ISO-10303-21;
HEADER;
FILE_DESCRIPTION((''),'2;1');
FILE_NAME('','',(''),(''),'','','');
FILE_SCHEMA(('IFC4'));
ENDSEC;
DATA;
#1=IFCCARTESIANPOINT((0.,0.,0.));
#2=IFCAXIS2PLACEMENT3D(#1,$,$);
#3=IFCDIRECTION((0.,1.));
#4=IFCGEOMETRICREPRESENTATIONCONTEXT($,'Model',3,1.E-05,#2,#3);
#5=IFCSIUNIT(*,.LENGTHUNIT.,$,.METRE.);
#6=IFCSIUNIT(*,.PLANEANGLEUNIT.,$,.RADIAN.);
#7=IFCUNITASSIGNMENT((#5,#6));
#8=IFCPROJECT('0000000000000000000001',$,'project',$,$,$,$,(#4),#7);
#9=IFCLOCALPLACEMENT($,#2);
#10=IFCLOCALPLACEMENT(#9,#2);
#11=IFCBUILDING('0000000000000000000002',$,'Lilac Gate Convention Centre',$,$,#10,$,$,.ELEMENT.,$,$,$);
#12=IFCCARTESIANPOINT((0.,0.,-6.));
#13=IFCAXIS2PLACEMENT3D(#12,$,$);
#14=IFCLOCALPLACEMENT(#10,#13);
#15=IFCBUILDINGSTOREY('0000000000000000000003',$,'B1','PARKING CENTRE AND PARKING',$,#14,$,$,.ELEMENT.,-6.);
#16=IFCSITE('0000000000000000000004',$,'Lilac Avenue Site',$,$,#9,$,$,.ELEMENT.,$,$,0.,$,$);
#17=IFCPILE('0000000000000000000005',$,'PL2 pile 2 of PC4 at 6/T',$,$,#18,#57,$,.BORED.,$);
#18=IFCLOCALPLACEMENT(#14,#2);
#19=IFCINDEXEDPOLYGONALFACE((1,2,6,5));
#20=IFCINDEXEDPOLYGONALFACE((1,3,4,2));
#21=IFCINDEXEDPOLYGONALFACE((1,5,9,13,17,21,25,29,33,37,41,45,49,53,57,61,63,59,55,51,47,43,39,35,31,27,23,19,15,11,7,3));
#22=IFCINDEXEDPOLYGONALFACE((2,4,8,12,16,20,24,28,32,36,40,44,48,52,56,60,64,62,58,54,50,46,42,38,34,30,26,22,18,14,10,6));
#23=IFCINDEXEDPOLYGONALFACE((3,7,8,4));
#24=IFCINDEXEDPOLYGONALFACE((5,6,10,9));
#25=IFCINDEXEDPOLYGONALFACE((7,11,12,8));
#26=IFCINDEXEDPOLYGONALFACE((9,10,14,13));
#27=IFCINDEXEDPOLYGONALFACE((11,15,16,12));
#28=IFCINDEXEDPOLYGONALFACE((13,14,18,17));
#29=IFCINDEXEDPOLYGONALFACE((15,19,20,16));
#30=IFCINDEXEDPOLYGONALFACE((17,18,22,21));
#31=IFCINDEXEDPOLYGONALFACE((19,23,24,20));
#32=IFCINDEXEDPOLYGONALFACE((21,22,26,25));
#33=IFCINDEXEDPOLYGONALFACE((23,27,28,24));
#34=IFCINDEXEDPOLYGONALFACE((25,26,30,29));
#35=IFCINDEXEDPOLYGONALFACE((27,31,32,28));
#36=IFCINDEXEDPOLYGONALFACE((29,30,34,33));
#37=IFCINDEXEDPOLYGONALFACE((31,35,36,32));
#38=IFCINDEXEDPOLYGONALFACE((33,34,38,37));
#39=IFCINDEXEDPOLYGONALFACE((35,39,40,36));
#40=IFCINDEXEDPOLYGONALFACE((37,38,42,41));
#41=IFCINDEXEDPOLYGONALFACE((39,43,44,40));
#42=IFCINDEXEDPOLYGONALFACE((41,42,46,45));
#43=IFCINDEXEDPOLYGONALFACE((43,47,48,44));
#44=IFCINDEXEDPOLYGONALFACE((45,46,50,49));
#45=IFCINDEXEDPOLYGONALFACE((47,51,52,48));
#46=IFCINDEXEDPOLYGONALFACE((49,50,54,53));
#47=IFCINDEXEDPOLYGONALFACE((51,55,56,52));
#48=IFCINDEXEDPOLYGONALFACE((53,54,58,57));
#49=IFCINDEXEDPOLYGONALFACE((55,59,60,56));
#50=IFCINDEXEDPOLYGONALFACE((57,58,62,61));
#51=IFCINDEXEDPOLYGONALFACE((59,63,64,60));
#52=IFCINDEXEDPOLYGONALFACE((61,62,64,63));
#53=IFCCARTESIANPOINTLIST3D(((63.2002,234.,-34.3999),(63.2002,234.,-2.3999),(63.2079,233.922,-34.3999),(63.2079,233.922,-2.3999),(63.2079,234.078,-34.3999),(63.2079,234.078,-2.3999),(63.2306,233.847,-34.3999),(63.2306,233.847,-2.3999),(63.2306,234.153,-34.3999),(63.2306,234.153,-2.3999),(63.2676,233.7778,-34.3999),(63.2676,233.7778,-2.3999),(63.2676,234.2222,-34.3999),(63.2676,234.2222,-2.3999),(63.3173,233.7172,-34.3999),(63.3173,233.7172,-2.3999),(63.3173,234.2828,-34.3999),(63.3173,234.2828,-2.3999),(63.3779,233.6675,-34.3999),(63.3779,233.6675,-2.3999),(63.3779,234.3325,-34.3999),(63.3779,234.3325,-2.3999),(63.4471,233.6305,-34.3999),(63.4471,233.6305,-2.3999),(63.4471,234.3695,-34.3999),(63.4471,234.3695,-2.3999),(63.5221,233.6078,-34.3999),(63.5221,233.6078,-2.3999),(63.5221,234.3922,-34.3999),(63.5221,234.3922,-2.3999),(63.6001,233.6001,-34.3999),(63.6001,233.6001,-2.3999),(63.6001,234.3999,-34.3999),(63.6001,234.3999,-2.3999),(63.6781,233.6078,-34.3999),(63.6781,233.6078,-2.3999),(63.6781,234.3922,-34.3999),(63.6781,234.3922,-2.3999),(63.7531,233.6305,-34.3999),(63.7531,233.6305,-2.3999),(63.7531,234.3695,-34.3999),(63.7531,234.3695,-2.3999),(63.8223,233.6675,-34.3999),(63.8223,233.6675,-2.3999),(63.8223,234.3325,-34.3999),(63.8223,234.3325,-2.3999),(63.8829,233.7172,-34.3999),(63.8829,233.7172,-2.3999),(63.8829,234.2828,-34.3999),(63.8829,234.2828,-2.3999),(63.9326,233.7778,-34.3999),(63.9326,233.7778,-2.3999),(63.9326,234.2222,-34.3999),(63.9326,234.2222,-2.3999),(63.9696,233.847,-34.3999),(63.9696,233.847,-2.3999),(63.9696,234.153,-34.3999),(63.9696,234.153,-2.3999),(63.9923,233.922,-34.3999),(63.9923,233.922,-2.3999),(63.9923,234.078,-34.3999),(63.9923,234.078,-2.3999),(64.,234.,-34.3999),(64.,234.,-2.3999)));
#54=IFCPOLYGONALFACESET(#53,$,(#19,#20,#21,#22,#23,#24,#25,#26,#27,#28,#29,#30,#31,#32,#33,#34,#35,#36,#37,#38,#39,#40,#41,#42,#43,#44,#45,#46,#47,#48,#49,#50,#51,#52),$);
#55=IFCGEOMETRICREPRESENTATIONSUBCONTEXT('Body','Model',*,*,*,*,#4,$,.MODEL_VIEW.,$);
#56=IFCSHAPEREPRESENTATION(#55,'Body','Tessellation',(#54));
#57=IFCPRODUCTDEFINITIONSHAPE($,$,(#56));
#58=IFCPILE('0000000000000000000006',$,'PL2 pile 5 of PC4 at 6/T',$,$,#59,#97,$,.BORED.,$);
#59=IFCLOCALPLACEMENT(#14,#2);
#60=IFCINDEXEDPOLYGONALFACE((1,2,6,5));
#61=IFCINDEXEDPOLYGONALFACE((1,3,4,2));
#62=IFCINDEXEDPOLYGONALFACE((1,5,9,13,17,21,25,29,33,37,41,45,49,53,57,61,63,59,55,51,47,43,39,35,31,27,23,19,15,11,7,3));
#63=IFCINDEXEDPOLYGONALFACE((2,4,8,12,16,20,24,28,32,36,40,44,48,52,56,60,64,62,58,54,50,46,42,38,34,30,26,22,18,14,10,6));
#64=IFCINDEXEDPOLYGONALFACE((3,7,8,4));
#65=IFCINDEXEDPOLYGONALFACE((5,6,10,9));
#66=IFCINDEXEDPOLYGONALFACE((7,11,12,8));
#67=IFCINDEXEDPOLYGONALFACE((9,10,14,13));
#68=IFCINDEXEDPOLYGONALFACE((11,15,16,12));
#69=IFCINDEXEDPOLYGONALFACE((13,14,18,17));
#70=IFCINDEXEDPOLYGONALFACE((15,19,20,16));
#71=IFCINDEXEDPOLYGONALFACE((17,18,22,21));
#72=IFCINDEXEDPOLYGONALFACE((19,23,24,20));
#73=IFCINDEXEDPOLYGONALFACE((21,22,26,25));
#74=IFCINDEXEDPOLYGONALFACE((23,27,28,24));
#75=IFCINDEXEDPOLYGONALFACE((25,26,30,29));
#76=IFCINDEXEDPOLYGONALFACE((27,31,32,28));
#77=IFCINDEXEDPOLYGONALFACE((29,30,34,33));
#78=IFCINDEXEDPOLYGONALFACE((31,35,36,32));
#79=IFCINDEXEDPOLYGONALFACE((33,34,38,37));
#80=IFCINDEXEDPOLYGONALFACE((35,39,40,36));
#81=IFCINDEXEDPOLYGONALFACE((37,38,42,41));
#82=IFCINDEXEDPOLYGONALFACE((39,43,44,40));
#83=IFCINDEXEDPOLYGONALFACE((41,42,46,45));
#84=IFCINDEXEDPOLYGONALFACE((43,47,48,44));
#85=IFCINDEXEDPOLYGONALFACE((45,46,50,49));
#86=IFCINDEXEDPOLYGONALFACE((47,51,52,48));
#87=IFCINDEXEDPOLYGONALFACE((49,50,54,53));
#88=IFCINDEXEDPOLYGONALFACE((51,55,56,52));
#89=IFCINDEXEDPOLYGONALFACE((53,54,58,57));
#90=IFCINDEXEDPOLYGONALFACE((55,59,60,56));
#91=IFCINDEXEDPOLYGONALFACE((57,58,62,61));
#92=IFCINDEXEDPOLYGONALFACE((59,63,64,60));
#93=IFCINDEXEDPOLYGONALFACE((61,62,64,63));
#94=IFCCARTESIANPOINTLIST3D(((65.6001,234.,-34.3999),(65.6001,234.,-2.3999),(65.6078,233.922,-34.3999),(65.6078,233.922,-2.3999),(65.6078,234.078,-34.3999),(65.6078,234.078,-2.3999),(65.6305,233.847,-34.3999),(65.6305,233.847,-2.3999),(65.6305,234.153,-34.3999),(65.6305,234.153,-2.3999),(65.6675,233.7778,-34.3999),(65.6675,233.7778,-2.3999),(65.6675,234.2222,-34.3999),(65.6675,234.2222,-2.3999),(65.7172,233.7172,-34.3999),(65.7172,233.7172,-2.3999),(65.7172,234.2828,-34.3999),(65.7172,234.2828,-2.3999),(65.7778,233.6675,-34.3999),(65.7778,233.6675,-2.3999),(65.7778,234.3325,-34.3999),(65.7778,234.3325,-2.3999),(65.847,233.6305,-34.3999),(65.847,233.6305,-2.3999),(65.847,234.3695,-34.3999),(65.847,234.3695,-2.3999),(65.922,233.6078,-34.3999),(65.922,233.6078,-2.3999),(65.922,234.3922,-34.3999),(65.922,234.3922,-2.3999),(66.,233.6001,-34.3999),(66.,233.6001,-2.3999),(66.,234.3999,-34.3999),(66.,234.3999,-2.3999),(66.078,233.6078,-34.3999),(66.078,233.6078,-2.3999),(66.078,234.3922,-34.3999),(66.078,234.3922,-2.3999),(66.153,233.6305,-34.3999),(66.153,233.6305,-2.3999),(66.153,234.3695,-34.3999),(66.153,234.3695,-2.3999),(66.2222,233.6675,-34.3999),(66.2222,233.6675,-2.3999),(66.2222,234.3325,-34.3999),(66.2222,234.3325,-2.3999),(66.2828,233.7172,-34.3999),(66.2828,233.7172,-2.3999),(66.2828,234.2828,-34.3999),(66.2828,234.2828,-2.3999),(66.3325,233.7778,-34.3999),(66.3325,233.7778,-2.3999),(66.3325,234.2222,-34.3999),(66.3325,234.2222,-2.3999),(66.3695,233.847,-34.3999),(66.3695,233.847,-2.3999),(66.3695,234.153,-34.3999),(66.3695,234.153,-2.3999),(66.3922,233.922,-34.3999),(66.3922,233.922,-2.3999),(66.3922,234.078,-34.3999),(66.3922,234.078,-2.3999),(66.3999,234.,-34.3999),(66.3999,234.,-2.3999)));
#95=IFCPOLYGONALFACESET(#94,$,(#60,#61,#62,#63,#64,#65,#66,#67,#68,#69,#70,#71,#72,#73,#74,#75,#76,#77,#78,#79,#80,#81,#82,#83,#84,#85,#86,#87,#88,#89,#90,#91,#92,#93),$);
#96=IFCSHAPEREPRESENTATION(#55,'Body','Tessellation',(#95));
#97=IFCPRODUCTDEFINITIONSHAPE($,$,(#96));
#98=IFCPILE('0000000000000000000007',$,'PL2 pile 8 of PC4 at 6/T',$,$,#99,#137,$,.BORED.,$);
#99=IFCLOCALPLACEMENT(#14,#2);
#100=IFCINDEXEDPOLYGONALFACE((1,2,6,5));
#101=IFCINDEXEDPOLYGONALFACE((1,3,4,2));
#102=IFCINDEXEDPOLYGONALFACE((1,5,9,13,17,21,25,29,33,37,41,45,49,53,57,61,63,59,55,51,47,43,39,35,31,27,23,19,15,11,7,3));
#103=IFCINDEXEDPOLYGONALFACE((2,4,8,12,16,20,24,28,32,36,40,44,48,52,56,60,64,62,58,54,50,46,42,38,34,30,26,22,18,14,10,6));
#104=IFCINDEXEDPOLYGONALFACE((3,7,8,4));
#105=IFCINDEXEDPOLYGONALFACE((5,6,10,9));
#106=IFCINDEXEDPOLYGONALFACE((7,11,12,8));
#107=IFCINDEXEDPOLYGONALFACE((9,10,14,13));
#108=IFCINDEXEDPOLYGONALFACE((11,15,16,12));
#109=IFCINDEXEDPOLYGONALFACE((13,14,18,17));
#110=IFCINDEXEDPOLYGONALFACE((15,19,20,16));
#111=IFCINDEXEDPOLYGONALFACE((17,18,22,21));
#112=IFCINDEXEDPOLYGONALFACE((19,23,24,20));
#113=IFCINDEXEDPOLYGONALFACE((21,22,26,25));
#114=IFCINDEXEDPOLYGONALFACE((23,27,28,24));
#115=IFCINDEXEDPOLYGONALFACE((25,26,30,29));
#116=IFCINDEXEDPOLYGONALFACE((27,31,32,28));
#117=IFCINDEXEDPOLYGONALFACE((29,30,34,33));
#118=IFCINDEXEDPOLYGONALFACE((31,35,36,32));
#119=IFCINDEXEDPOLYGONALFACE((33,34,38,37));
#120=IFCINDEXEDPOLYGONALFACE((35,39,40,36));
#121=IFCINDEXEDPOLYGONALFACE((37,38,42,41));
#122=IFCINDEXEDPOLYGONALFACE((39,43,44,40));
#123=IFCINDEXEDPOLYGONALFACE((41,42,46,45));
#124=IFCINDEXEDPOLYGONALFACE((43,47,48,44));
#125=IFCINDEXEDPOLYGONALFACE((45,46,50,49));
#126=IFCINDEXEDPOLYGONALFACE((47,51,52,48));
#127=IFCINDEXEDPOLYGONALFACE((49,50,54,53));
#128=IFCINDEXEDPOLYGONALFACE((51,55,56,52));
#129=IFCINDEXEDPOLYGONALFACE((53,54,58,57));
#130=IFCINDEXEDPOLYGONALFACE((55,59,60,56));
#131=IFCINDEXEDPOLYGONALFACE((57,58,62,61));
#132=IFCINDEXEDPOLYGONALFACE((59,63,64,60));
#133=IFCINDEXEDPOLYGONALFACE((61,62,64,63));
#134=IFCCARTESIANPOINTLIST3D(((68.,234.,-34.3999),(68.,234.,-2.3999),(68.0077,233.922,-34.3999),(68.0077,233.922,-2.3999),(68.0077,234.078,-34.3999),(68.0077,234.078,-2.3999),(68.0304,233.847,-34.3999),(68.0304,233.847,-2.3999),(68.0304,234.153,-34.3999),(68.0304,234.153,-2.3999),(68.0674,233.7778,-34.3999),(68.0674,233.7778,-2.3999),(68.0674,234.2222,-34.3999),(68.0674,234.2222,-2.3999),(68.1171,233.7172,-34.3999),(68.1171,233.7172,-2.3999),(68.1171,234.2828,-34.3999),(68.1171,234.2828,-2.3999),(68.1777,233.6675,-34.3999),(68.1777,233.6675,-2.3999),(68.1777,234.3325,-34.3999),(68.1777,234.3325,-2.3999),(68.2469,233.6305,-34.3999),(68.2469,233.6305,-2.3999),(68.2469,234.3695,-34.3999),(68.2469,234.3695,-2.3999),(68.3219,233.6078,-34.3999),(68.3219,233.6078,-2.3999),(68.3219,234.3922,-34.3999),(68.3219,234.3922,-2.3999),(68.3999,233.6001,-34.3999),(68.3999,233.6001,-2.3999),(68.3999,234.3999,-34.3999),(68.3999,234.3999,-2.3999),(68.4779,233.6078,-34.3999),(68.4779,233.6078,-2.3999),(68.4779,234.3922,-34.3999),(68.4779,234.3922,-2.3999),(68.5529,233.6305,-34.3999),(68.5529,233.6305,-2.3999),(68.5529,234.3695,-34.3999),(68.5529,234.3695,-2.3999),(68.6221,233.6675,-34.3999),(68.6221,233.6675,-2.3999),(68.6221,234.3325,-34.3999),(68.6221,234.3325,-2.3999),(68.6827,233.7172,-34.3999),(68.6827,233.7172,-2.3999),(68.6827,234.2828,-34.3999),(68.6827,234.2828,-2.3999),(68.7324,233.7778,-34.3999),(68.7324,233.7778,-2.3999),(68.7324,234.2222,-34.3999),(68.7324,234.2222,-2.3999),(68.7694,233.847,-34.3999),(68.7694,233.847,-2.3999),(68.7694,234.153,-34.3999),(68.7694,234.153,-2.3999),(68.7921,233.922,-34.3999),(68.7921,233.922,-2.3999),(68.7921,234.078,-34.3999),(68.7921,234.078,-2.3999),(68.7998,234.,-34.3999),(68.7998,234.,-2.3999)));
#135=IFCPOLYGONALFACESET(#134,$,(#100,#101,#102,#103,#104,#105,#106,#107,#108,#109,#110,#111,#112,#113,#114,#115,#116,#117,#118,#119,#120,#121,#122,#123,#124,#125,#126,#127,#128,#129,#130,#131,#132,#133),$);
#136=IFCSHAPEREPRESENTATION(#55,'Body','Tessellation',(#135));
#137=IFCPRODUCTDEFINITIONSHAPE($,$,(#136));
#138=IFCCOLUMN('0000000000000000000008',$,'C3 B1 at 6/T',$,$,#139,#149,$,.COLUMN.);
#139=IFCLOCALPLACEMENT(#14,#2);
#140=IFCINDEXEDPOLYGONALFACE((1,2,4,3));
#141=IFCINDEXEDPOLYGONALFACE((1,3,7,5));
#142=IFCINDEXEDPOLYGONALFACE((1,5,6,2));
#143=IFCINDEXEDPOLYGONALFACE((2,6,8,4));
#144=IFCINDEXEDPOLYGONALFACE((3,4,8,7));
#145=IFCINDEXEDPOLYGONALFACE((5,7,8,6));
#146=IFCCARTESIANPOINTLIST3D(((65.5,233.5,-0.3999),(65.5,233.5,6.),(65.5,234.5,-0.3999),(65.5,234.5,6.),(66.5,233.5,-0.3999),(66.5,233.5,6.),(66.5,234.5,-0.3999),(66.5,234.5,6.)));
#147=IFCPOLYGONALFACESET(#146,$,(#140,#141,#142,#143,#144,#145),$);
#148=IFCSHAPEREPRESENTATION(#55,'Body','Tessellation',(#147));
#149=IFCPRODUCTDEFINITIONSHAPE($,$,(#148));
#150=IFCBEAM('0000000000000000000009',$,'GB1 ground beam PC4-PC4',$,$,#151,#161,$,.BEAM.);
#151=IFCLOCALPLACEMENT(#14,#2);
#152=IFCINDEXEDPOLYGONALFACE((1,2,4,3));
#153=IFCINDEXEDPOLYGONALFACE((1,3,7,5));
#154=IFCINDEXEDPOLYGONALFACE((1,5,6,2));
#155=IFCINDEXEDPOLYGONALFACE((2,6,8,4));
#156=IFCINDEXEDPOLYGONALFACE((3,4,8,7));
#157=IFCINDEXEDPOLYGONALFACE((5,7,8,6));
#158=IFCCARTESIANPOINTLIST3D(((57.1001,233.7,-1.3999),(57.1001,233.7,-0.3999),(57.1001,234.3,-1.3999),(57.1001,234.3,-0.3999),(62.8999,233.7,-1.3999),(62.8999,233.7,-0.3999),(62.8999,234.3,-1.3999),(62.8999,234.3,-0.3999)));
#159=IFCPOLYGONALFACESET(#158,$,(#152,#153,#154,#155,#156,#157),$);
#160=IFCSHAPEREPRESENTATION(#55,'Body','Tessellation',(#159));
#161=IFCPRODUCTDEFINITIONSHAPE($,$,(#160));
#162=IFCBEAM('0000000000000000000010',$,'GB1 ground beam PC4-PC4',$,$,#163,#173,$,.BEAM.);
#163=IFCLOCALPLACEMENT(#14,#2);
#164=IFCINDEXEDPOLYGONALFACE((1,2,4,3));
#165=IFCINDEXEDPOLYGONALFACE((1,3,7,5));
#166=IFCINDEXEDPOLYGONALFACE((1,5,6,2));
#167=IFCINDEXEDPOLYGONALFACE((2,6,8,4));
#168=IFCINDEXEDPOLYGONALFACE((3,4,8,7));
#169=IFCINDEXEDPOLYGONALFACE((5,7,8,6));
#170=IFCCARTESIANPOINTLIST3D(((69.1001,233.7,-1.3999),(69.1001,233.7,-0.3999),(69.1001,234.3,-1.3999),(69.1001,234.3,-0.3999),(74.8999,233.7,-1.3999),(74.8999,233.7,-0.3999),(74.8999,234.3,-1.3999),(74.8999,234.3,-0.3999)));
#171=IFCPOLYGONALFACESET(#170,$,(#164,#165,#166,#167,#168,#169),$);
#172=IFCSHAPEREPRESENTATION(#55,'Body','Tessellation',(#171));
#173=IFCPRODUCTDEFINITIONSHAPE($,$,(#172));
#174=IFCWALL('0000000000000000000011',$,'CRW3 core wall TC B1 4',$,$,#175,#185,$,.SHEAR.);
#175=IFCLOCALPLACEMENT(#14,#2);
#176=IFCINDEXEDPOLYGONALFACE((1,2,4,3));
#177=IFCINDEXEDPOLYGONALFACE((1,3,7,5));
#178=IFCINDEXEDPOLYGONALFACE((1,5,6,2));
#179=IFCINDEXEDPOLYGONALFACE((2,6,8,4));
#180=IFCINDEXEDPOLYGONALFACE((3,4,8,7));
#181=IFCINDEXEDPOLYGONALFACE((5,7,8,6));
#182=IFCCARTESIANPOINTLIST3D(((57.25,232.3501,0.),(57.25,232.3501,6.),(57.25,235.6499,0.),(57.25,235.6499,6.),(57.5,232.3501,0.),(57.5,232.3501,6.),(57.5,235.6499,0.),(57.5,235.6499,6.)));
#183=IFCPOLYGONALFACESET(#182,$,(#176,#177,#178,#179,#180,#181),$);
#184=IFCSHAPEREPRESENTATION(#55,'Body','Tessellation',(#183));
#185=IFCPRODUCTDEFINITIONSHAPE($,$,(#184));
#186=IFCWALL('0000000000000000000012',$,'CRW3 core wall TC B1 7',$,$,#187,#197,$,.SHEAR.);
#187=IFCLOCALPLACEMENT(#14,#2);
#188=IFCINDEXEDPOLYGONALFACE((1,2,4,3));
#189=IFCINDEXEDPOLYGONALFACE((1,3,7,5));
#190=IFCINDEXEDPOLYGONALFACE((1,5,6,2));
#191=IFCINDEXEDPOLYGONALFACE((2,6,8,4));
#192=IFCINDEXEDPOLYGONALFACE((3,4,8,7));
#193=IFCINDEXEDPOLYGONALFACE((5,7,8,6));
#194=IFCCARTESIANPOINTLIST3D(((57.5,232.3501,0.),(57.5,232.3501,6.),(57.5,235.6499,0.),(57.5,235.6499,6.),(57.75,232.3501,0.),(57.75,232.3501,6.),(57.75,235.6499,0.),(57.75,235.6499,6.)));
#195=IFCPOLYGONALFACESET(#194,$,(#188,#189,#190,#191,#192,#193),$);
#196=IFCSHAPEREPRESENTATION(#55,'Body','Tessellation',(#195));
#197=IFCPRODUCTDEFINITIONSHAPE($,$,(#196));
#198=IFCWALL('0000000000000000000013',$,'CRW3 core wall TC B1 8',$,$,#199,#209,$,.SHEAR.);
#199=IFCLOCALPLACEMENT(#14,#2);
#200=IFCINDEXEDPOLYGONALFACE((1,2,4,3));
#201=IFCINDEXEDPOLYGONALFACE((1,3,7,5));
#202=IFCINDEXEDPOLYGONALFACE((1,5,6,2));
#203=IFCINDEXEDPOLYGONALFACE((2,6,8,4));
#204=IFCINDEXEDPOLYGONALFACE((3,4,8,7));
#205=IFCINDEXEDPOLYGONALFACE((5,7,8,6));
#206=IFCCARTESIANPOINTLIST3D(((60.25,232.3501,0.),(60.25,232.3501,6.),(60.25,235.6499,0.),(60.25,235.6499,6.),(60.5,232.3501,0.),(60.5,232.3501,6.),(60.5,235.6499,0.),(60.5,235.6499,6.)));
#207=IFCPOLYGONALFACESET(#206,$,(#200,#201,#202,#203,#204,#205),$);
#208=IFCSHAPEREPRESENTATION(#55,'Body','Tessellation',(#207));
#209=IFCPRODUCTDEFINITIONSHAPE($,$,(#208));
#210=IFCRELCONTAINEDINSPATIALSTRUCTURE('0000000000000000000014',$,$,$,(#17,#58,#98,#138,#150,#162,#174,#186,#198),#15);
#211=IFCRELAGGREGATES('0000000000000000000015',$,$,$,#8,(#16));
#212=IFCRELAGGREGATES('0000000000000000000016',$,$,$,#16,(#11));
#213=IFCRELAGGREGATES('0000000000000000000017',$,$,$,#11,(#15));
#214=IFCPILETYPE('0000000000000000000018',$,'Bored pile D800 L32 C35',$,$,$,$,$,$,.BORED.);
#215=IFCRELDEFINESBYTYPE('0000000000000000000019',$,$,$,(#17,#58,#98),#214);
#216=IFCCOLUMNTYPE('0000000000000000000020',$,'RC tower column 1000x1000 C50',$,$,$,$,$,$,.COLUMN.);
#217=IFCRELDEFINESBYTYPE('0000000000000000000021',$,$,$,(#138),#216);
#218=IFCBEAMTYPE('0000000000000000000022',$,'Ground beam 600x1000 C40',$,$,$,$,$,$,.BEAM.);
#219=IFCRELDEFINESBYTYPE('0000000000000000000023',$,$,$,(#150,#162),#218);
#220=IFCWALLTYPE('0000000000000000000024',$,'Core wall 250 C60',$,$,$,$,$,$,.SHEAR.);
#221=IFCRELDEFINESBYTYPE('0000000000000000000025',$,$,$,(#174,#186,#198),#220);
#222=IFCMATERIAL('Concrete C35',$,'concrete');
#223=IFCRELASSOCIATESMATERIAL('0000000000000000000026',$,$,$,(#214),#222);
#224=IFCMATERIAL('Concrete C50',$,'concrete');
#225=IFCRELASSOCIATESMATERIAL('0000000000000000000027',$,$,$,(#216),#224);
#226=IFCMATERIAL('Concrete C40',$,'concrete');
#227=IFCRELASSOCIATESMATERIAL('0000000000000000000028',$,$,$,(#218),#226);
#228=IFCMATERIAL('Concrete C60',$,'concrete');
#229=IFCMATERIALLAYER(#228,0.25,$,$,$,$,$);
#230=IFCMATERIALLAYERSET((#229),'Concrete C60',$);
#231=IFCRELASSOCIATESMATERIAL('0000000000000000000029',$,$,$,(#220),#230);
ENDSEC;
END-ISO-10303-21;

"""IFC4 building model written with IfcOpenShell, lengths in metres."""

from ifc_helpers import new_model, si_unit, direction, frame, frame_2d, origin, origin_2d, place, context, subcontext, project, spatial, rectangle, circle, extrude, material, layer, layer_set, material_profile, profile_set, type_object, element, save


model = new_model("IFC4")

# Units and contexts
model_context = context("Model", 3, precision=1e-05, world=origin(), true_north=direction((0.0, 1.0)))
body_context = subcontext(model_context, "Body", "Model", "MODEL_VIEW")
ifc_project = project(units=[si_unit("LENGTHUNIT", "METRE"), si_unit("PLANEANGLEUNIT", "RADIAN")], contexts=[model_context])

# Site, building, storey
site_placement = place(None, origin())
site = spatial("IfcSite", under=ifc_project, at=site_placement, Name="Lilac Avenue Site", CompositionType="ELEMENT", RefElevation=0.0)
building_placement = place(site_placement, origin())
building = spatial("IfcBuilding", under=site, at=building_placement, Name="Lilac Gate Convention Centre", CompositionType="ELEMENT")
storey_placement = place(building_placement, frame((0.0, 0.0, -6.0)))
storey = spatial("IfcBuildingStorey", under=building, at=storey_placement, Name="B1", Description="PARKING CENTRE AND PARKING", CompositionType="ELEMENT", Elevation=-6.0)

# Piles
ifc_material_1 = material(Name="Concrete C35", Category="concrete")
ifc_material_profile_1 = material_profile(ifc_material_1, circle(Radius=0.3999, at=origin_2d()), Name="D800")
ifc_profile_set_1 = profile_set([ifc_material_profile_1], Name="Concrete C35")
pile_type = type_object("IfcPileType", Name="Bored pile D800 L32 C35", PredefinedType="BORED", material=ifc_profile_set_1)
for number, where, z_axis, x_axis, name in (
    (1, (63.6001, 234.0, -2.3999), (0.0, 0.0, -1.0), (1.0, 0.0, 0.0), "PL2 pile 2 of PC4 at 6/T"),
    (2, (66.0, 234.0, -2.3999), (0.0, 0.0, -1.0), (1.0, 0.0, 0.0), "PL2 pile 5 of PC4 at 6/T"),
    (3, (68.3999, 234.0, -2.3999), (0.0, 0.0, -1.0), (1.0, 0.0, 0.0), "PL2 pile 8 of PC4 at 6/T"),
):
    element("IfcPile", number, at=place(storey_placement, frame(where, z_axis=z_axis, x_axis=x_axis)), inside=storey, type_object=pile_type, Name=name, PredefinedType="BORED", context=body_context, shape_type="SweptSolid", body=[
        extrude(circle(Radius=0.3999, at=origin_2d()), origin(), (0.0, 0.0, 1.0), 32.0),
    ])

# Column
ifc_material_2 = material(Name="Concrete C50", Category="concrete")
ifc_material_profile_2 = material_profile(ifc_material_2, rectangle(XDim=1.0, YDim=1.0, at=origin_2d()), Name="RC 1000x1000")
ifc_profile_set_2 = profile_set([ifc_material_profile_2], Name="Concrete C50")
column_type = type_object("IfcColumnType", Name="RC tower column 1000x1000 C50", PredefinedType="COLUMN", material=ifc_profile_set_2)
column_placement = place(storey_placement, frame((66.0, 234.0, -0.3999), z_axis=(0.0, 0.0, 1.0), x_axis=(1.0, 0.0, 0.0)))
element("IfcColumn", 4, at=column_placement, inside=storey, type_object=column_type, Name="C3 B1 at 6/T", PredefinedType="COLUMN", context=body_context, shape_type="SweptSolid", body=[
    extrude(rectangle(XDim=1.0, YDim=1.0, at=origin_2d()), origin(), (0.0, 0.0, 1.0), 6.3999),
])

# Beams
ifc_material_3 = material(Name="Concrete C40", Category="concrete")
ifc_material_profile_3 = material_profile(ifc_material_3, rectangle(XDim=0.6001, YDim=1.0, at=origin_2d()), Name="RC 600x1000")
ifc_profile_set_3 = profile_set([ifc_material_profile_3], Name="Concrete C40")
beam_type = type_object("IfcBeamType", Name="Ground beam 600x1000 C40", PredefinedType="BEAM", material=ifc_profile_set_3)
for number, where, z_axis, x_axis, name in (
    (5, (57.1001, 234.0, -0.8999), (1.0, 0.0, 0.0), (0.0, 1.0, 0.0), "GB1 ground beam PC4-PC4"),
    (6, (69.1001, 234.0, -0.8999), (1.0, 0.0, 0.0), (0.0, 1.0, 0.0), "GB1 ground beam PC4-PC4"),
):
    element("IfcBeam", number, at=place(storey_placement, frame(where, z_axis=z_axis, x_axis=x_axis)), inside=storey, type_object=beam_type, Name=name, PredefinedType="BEAM", context=body_context, shape_type="SweptSolid", body=[
        extrude(rectangle(XDim=0.6001, YDim=1.0, at=origin_2d()), origin(), (0.0, 0.0, 1.0), 5.7998),
    ])

# Walls
ifc_material_4 = material(Name="Concrete C60", Category="concrete")
ifc_layer_1 = layer(ifc_material_4, 0.25)
ifc_layer_set_1 = layer_set([ifc_layer_1], Name="Concrete C60")
wall_type_1 = type_object("IfcWallType", Name="Core wall 250 C60", PredefinedType="SHEAR", material=ifc_layer_set_1)
for number, where, z_axis, x_axis, name in (
    (7, (57.375, 232.3501, 0.0), (0.0, 0.0, 1.0), (0.0, 1.0, 0.0), "CRW3 core wall TC B1 4"),
    (8, (57.625, 232.3501, 0.0), (0.0, 0.0, 1.0), (0.0, 1.0, 0.0), "CRW3 core wall TC B1 7"),
    (9, (60.375, 232.3501, 0.0), (0.0, 0.0, 1.0), (0.0, 1.0, 0.0), "CRW3 core wall TC B1 8"),
):
    element("IfcWall", number, at=place(storey_placement, frame(where, z_axis=z_axis, x_axis=x_axis)), inside=storey, type_object=wall_type_1, Name=name, PredefinedType="SHEAR", context=body_context, shape_type="SweptSolid", body=[
        extrude(rectangle(XDim=3.2998, YDim=0.25, at=frame_2d((1.6499, 0.0))), origin(), (0.0, 0.0, 1.0), 6.0),
    ])

save(model, "model.ifc")
